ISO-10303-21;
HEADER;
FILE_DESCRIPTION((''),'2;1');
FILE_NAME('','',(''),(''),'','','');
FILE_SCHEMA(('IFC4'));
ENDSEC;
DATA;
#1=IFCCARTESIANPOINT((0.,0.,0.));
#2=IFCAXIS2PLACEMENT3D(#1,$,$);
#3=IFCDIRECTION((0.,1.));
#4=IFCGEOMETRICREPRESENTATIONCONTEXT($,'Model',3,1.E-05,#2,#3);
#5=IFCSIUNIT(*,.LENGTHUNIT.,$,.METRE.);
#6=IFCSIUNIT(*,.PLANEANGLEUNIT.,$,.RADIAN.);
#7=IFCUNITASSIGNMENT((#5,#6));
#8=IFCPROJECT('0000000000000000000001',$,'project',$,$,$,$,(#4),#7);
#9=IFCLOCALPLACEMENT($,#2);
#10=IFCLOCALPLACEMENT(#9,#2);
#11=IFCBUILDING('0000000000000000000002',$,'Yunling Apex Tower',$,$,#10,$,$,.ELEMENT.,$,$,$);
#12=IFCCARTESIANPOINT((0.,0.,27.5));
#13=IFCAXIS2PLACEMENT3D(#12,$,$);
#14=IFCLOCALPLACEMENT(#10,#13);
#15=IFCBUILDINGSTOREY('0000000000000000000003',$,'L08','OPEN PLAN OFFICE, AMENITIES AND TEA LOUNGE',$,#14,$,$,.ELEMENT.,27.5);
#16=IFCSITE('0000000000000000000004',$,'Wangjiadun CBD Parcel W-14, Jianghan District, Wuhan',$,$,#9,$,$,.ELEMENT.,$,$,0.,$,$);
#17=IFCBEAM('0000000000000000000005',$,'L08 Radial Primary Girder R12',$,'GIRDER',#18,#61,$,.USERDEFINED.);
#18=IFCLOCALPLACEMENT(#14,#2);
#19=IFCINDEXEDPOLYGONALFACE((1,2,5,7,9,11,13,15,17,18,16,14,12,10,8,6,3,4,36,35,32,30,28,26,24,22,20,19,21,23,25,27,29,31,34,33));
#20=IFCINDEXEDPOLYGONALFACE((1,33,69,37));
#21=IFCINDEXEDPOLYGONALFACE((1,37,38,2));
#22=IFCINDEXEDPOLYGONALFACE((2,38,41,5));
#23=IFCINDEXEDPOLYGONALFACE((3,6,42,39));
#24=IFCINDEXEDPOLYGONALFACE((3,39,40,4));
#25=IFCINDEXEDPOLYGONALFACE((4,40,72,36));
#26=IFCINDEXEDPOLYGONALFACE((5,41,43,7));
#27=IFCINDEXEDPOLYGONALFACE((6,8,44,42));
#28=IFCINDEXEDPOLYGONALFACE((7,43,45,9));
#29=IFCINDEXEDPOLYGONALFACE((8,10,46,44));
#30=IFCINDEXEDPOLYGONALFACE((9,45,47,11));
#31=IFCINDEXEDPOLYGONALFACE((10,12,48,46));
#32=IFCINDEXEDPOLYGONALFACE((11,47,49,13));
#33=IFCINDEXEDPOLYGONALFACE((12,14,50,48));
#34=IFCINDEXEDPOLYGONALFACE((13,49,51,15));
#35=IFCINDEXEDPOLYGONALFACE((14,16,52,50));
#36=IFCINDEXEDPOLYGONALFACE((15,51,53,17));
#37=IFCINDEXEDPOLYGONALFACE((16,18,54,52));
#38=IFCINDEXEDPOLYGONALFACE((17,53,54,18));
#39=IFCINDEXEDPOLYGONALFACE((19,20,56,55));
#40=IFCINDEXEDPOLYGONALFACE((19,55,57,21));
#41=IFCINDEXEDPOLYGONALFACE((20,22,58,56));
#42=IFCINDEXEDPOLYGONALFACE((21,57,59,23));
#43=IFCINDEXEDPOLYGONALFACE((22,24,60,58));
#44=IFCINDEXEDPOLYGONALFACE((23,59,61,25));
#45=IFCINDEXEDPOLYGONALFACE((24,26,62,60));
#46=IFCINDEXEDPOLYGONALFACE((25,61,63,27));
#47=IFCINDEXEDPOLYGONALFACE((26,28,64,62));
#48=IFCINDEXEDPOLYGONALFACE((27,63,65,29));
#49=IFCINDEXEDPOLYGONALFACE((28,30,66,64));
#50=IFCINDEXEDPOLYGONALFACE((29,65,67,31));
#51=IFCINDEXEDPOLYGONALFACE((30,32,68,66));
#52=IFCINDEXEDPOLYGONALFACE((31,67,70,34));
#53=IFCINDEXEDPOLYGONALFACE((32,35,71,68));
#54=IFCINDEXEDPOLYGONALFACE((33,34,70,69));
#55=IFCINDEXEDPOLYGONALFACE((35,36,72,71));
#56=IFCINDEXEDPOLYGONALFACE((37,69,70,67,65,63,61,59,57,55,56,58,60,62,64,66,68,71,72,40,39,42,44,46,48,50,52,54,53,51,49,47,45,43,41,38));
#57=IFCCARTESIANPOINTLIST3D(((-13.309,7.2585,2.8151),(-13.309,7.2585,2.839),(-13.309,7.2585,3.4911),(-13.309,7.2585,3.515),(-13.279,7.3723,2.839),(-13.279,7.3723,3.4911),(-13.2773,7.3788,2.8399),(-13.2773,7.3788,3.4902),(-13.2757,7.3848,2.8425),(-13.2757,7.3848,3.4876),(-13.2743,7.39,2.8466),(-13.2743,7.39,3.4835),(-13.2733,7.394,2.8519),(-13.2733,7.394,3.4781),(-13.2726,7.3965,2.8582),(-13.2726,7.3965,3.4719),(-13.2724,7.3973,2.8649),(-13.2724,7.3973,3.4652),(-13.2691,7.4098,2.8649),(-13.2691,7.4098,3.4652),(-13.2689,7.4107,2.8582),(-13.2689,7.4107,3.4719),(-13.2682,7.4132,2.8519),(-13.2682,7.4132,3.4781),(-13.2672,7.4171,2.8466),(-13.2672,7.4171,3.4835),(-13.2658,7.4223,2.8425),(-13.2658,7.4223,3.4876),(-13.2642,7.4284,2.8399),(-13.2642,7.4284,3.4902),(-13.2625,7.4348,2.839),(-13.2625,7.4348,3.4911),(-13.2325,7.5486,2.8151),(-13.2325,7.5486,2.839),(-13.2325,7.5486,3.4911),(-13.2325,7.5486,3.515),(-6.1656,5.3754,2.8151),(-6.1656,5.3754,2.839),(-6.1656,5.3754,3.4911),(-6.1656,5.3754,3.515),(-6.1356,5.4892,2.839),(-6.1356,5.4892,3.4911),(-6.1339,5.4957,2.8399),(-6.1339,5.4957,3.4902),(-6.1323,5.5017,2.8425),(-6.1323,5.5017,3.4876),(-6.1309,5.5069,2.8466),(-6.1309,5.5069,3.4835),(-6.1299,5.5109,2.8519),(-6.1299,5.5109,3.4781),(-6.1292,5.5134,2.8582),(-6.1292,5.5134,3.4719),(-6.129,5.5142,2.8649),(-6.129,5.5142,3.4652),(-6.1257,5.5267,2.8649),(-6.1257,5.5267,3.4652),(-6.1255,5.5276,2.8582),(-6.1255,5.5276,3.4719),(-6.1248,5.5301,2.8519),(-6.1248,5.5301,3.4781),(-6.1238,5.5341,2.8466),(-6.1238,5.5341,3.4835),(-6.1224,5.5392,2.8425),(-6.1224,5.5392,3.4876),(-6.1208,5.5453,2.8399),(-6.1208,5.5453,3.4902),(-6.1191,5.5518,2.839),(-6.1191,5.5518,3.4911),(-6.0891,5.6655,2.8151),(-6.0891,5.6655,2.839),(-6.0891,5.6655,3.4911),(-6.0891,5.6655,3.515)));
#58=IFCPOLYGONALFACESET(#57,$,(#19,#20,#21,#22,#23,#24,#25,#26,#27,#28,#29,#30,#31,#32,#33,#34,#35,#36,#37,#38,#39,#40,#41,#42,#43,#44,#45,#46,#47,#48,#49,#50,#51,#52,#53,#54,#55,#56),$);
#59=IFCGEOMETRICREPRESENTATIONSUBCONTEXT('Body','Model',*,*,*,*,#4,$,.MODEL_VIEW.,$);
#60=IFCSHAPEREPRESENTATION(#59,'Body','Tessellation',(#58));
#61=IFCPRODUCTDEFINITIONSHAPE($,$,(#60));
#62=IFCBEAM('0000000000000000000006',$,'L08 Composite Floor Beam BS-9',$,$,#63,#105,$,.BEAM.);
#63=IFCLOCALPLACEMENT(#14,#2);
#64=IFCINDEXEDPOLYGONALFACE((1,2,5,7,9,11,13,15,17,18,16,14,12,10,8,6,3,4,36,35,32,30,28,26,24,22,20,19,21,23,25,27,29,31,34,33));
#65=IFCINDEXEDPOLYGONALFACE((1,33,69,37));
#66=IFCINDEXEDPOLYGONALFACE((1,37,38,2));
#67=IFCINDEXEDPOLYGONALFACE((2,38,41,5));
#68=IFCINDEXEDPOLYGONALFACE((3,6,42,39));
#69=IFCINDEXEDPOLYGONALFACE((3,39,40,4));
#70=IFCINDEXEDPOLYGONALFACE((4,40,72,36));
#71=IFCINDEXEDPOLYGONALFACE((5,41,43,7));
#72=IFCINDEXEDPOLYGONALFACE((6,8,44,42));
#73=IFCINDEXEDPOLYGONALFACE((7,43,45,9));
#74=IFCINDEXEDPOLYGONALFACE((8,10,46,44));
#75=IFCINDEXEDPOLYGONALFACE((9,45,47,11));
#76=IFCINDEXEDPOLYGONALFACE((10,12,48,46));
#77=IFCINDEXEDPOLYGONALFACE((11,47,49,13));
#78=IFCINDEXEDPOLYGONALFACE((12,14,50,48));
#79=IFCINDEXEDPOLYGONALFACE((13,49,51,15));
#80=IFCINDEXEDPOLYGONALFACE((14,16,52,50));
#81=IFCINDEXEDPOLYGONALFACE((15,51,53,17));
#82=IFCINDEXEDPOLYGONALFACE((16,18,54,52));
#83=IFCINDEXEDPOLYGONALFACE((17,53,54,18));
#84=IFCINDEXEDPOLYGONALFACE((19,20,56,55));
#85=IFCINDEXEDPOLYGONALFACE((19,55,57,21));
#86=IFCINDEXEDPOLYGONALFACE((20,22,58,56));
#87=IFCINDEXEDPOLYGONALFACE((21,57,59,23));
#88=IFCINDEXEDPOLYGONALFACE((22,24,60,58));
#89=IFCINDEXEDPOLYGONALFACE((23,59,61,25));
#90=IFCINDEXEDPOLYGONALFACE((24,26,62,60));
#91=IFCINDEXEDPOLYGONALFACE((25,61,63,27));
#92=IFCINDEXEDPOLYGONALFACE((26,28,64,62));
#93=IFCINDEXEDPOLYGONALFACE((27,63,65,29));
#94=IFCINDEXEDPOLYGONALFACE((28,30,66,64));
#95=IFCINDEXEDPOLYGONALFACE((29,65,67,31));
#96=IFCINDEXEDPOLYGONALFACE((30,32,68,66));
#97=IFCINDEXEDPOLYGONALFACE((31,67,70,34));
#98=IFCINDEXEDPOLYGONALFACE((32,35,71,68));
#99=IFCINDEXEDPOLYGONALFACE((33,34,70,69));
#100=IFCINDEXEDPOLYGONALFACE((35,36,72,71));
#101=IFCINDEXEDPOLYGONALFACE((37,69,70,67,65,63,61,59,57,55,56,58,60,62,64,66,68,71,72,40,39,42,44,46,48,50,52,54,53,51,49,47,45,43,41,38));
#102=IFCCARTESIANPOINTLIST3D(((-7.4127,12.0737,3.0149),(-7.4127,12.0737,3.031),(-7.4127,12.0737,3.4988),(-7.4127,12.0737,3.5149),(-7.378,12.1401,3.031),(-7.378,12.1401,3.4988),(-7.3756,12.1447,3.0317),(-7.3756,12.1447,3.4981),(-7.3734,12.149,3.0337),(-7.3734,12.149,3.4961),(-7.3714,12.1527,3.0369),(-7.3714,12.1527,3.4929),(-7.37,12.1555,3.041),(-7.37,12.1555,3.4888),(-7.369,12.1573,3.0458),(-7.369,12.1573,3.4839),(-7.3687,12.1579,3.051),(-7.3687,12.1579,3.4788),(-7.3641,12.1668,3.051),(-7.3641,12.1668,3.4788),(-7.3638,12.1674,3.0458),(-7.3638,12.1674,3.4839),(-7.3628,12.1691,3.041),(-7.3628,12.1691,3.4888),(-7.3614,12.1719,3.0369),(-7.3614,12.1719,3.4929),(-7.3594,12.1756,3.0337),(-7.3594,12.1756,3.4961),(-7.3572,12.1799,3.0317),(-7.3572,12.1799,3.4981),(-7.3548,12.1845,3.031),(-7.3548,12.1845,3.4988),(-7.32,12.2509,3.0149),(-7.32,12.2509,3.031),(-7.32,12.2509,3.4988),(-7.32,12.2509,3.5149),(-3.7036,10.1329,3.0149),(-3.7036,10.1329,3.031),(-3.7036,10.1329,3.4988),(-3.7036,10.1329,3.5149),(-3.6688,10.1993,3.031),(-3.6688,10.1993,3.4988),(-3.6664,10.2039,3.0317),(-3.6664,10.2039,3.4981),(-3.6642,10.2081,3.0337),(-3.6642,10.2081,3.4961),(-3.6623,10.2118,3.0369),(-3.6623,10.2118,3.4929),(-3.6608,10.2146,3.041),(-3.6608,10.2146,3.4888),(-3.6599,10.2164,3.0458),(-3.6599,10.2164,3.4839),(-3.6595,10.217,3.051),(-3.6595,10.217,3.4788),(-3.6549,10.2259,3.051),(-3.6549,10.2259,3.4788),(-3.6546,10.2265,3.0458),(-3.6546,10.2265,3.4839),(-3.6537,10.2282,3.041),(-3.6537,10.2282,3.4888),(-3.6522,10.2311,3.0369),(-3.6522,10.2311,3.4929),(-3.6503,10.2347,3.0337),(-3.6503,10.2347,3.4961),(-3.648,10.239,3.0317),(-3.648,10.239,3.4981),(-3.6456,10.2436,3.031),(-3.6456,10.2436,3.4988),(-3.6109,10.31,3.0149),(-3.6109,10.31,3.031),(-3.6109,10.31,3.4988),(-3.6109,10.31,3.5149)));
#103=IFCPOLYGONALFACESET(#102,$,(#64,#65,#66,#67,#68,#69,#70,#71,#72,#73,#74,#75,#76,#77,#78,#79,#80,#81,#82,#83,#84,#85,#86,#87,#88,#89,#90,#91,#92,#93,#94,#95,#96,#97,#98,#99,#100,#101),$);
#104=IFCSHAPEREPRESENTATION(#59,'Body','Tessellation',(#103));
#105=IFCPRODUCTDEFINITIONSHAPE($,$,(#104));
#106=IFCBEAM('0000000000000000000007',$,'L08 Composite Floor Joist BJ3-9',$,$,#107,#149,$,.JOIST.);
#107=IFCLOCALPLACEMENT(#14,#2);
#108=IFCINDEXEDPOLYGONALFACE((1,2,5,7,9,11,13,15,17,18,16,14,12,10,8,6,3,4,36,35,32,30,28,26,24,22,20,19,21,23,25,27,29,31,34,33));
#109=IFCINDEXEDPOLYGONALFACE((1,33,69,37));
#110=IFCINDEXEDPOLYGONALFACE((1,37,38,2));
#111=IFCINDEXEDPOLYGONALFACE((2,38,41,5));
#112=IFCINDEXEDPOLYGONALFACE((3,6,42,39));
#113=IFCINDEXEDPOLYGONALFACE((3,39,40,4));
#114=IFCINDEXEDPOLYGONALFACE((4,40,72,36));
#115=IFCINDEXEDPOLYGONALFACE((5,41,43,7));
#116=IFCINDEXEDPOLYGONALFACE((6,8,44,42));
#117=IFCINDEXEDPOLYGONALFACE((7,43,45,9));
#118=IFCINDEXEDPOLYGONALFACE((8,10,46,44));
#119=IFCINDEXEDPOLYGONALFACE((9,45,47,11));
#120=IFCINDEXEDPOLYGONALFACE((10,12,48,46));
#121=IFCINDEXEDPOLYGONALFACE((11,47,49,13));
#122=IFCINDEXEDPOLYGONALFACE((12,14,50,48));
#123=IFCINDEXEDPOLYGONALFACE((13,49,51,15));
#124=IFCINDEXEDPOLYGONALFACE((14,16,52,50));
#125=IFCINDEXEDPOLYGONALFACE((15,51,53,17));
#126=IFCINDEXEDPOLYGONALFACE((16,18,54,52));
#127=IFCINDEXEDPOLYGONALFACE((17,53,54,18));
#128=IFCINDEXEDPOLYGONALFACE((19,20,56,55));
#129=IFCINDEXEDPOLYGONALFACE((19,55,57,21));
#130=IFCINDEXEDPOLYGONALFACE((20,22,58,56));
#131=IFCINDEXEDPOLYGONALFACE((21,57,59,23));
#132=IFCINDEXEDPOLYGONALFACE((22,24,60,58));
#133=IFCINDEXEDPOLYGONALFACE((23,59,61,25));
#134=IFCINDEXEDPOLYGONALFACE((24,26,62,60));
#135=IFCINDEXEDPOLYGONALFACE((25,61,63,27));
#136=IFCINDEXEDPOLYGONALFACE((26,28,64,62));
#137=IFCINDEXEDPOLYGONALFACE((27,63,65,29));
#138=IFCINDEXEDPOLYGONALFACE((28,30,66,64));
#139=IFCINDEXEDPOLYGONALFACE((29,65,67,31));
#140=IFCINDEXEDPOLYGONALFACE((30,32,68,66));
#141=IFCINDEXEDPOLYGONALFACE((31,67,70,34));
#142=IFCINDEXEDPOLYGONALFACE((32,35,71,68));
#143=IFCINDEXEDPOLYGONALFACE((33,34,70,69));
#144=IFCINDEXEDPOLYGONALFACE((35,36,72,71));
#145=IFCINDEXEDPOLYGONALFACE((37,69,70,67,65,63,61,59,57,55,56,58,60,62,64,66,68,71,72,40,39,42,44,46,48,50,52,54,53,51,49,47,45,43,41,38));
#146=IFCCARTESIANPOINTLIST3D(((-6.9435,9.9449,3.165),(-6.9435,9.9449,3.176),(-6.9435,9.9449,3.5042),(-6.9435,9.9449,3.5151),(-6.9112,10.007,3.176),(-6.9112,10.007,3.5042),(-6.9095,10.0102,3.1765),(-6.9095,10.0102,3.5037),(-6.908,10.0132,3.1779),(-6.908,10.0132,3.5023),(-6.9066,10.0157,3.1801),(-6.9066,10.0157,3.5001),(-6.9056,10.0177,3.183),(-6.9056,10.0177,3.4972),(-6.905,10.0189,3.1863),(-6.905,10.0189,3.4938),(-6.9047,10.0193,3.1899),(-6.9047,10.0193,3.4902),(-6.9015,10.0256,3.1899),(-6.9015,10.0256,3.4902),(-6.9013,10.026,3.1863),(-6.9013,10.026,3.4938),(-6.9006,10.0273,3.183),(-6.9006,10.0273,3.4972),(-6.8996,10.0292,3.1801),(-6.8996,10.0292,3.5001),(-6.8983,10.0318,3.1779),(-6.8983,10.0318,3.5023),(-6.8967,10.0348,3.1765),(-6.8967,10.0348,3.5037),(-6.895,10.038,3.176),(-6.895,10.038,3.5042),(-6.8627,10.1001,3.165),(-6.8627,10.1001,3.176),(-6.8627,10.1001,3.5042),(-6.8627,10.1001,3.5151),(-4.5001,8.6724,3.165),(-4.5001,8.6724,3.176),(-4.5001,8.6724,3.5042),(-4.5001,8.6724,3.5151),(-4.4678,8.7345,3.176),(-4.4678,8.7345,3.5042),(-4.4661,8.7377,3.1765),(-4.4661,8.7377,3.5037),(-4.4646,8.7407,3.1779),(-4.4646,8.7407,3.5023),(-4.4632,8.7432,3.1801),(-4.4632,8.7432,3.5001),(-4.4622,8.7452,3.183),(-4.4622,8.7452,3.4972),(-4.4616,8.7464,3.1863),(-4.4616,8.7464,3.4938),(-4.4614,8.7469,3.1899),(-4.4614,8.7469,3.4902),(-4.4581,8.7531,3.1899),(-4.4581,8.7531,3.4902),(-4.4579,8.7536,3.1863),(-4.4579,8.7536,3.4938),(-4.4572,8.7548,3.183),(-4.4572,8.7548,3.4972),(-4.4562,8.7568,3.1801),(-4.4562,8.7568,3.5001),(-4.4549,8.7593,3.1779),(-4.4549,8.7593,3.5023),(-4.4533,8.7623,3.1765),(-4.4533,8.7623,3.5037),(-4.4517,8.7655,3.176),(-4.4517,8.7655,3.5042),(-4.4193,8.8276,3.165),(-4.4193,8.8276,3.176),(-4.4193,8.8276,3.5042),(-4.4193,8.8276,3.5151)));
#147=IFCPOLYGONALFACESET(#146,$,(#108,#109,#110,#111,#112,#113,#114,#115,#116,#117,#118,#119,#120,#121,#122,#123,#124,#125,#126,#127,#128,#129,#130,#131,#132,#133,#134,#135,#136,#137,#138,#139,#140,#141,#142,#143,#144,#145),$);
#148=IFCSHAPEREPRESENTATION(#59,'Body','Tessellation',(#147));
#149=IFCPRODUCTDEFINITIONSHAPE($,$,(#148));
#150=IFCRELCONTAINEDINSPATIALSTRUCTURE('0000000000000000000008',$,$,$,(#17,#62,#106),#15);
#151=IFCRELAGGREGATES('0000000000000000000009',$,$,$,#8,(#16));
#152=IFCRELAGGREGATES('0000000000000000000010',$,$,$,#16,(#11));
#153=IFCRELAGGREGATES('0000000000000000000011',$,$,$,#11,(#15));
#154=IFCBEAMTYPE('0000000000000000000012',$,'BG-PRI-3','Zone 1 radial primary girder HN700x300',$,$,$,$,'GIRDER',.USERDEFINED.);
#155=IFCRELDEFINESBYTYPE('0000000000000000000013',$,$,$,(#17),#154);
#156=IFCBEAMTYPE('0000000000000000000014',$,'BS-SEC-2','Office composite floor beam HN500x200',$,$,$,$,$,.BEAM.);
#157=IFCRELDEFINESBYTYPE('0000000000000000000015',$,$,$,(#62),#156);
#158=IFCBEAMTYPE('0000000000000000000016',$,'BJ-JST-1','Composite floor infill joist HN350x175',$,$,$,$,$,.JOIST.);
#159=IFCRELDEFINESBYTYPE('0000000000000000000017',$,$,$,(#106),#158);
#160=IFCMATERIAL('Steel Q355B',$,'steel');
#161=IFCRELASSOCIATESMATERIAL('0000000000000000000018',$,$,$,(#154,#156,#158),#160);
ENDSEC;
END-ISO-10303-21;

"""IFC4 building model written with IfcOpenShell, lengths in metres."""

from ifc_helpers import new_model, si_unit, direction, frame, origin, origin_2d, place, context, subcontext, project, spatial, i_section, extrude, source, transform, mapped, material, material_profile, profile_set, type_object, element, save


model = new_model("IFC4")

# Units and contexts
model_context = context("Model", 3, precision=1e-05, world=origin(), true_north=direction((0.0, 1.0)))
body_context = subcontext(model_context, "Body", "Model", "MODEL_VIEW")
ifc_project = project(units=[si_unit("LENGTHUNIT", "METRE"), si_unit("PLANEANGLEUNIT", "RADIAN")], contexts=[model_context])

# Site, building, storey
site_placement = place(None, origin())
site = spatial("IfcSite", under=ifc_project, at=site_placement, Name="Wangjiadun CBD Parcel W-14, Jianghan District, Wuhan", CompositionType="ELEMENT", RefElevation=0.0)
building_placement = place(site_placement, origin())
building = spatial("IfcBuilding", under=site, at=building_placement, Name="Yunling Apex Tower", CompositionType="ELEMENT")
storey_placement = place(building_placement, frame((0.0, 0.0, 27.5)))
storey = spatial("IfcBuildingStorey", under=building, at=storey_placement, Name="L08", Description="OPEN PLAN OFFICE, AMENITIES AND TEA LOUNGE", CompositionType="ELEMENT", Elevation=27.5)

# Beams
ifc_material_1 = material(Name="Steel Q355B", Category="steel")
ifc_material_profile_1 = material_profile(ifc_material_1, i_section(OverallWidth=0.3, OverallDepth=0.7, WebThickness=0.0129, FlangeThickness=0.0239, FilletRadius=0.0259, at=origin_2d()))
ifc_profile_set_1 = profile_set([ifc_material_profile_1], Name="Steel Q355B")
beam_type_1 = type_object("IfcBeamType", Name="BG-PRI-3", Description="Zone 1 radial primary girder HN700x300", ElementType="GIRDER", PredefinedType="USERDEFINED", material=ifc_profile_set_1)
shared_shape_1 = source(origin(), body_context, "Body", "SweptSolid", [
    extrude(i_section(OverallWidth=0.3, OverallDepth=0.7, WebThickness=0.0129, FlangeThickness=0.0239, FilletRadius=0.0259, at=origin_2d()), origin(), (0.0, 0.0, 1.0), 7.3875),
])
beam_1_placement = place(storey_placement, frame((-13.2708, 7.4036, 3.165), z_axis=(0.966967, -0.254903, 0.0), x_axis=(0.254903, 0.966967, 0.0)))
element("IfcBeam", 1, at=beam_1_placement, inside=storey, type_object=beam_type_1, Name="L08 Radial Primary Girder R12", ObjectType="GIRDER", PredefinedType="USERDEFINED", context=body_context, shape_type="MappedRepresentation", body=[
    mapped(shared_shape_1, transform((0.0, 0.0, 0.0), scale=1.0)),
])
ifc_material_profile_2 = material_profile(ifc_material_1, i_section(OverallWidth=0.2, OverallDepth=0.5, WebThickness=0.01, FlangeThickness=0.0161, FilletRadius=0.02, at=origin_2d()))
ifc_profile_set_2 = profile_set([ifc_material_profile_2], Name="Steel Q355B")
beam_type_2 = type_object("IfcBeamType", Name="BS-SEC-2", Description="Office composite floor beam HN500x200", PredefinedType="BEAM", material=ifc_profile_set_2)
shared_shape_2 = source(origin(), body_context, "Body", "SweptSolid", [
    extrude(i_section(OverallWidth=0.2, OverallDepth=0.5, WebThickness=0.01, FlangeThickness=0.0161, FilletRadius=0.02, at=origin_2d()), origin(), (0.0, 0.0, 1.0), 4.1863),
])
beam_2_placement = place(storey_placement, frame((-3.6572, 10.2214, 3.2649), z_axis=(-0.886029, 0.46363, 0.0), x_axis=(-0.46363, -0.886029, 0.0)))
element("IfcBeam", 2, at=beam_2_placement, inside=storey, type_object=beam_type_2, Name="L08 Composite Floor Beam BS-9", PredefinedType="BEAM", context=body_context, shape_type="MappedRepresentation", body=[
    mapped(shared_shape_2, transform((0.0, 0.0, 0.0), scale=1.0)),
])
ifc_material_profile_3 = material_profile(ifc_material_1, i_section(OverallWidth=0.175, OverallDepth=0.3501, WebThickness=0.0071, FlangeThickness=0.011, FilletRadius=0.0139, at=origin_2d()))
ifc_profile_set_3 = profile_set([ifc_material_profile_3], Name="Steel Q355B")
beam_type_3 = type_object("IfcBeamType", Name="BJ-JST-1", Description="Composite floor infill joist HN350x175", PredefinedType="JOIST", material=ifc_profile_set_3)
shared_shape_3 = source(origin(), body_context, "Body", "SweptSolid", [
    extrude(i_section(OverallWidth=0.175, OverallDepth=0.3501, WebThickness=0.0071, FlangeThickness=0.011, FilletRadius=0.0139, at=origin_2d()), origin(), (0.0, 0.0, 1.0), 2.7549),
])
beam_3_placement = place(storey_placement, frame((-4.4597, 8.75, 3.3401), z_axis=(-0.886932, 0.4619, 0.0), x_axis=(-0.4619, -0.886932, 0.0)))
element("IfcBeam", 3, at=beam_3_placement, inside=storey, type_object=beam_type_3, Name="L08 Composite Floor Joist BJ3-9", PredefinedType="JOIST", context=body_context, shape_type="MappedRepresentation", body=[
    mapped(shared_shape_3, transform((0.0, 0.0, 0.0), scale=1.0)),
])

save(model, "model.ifc")
